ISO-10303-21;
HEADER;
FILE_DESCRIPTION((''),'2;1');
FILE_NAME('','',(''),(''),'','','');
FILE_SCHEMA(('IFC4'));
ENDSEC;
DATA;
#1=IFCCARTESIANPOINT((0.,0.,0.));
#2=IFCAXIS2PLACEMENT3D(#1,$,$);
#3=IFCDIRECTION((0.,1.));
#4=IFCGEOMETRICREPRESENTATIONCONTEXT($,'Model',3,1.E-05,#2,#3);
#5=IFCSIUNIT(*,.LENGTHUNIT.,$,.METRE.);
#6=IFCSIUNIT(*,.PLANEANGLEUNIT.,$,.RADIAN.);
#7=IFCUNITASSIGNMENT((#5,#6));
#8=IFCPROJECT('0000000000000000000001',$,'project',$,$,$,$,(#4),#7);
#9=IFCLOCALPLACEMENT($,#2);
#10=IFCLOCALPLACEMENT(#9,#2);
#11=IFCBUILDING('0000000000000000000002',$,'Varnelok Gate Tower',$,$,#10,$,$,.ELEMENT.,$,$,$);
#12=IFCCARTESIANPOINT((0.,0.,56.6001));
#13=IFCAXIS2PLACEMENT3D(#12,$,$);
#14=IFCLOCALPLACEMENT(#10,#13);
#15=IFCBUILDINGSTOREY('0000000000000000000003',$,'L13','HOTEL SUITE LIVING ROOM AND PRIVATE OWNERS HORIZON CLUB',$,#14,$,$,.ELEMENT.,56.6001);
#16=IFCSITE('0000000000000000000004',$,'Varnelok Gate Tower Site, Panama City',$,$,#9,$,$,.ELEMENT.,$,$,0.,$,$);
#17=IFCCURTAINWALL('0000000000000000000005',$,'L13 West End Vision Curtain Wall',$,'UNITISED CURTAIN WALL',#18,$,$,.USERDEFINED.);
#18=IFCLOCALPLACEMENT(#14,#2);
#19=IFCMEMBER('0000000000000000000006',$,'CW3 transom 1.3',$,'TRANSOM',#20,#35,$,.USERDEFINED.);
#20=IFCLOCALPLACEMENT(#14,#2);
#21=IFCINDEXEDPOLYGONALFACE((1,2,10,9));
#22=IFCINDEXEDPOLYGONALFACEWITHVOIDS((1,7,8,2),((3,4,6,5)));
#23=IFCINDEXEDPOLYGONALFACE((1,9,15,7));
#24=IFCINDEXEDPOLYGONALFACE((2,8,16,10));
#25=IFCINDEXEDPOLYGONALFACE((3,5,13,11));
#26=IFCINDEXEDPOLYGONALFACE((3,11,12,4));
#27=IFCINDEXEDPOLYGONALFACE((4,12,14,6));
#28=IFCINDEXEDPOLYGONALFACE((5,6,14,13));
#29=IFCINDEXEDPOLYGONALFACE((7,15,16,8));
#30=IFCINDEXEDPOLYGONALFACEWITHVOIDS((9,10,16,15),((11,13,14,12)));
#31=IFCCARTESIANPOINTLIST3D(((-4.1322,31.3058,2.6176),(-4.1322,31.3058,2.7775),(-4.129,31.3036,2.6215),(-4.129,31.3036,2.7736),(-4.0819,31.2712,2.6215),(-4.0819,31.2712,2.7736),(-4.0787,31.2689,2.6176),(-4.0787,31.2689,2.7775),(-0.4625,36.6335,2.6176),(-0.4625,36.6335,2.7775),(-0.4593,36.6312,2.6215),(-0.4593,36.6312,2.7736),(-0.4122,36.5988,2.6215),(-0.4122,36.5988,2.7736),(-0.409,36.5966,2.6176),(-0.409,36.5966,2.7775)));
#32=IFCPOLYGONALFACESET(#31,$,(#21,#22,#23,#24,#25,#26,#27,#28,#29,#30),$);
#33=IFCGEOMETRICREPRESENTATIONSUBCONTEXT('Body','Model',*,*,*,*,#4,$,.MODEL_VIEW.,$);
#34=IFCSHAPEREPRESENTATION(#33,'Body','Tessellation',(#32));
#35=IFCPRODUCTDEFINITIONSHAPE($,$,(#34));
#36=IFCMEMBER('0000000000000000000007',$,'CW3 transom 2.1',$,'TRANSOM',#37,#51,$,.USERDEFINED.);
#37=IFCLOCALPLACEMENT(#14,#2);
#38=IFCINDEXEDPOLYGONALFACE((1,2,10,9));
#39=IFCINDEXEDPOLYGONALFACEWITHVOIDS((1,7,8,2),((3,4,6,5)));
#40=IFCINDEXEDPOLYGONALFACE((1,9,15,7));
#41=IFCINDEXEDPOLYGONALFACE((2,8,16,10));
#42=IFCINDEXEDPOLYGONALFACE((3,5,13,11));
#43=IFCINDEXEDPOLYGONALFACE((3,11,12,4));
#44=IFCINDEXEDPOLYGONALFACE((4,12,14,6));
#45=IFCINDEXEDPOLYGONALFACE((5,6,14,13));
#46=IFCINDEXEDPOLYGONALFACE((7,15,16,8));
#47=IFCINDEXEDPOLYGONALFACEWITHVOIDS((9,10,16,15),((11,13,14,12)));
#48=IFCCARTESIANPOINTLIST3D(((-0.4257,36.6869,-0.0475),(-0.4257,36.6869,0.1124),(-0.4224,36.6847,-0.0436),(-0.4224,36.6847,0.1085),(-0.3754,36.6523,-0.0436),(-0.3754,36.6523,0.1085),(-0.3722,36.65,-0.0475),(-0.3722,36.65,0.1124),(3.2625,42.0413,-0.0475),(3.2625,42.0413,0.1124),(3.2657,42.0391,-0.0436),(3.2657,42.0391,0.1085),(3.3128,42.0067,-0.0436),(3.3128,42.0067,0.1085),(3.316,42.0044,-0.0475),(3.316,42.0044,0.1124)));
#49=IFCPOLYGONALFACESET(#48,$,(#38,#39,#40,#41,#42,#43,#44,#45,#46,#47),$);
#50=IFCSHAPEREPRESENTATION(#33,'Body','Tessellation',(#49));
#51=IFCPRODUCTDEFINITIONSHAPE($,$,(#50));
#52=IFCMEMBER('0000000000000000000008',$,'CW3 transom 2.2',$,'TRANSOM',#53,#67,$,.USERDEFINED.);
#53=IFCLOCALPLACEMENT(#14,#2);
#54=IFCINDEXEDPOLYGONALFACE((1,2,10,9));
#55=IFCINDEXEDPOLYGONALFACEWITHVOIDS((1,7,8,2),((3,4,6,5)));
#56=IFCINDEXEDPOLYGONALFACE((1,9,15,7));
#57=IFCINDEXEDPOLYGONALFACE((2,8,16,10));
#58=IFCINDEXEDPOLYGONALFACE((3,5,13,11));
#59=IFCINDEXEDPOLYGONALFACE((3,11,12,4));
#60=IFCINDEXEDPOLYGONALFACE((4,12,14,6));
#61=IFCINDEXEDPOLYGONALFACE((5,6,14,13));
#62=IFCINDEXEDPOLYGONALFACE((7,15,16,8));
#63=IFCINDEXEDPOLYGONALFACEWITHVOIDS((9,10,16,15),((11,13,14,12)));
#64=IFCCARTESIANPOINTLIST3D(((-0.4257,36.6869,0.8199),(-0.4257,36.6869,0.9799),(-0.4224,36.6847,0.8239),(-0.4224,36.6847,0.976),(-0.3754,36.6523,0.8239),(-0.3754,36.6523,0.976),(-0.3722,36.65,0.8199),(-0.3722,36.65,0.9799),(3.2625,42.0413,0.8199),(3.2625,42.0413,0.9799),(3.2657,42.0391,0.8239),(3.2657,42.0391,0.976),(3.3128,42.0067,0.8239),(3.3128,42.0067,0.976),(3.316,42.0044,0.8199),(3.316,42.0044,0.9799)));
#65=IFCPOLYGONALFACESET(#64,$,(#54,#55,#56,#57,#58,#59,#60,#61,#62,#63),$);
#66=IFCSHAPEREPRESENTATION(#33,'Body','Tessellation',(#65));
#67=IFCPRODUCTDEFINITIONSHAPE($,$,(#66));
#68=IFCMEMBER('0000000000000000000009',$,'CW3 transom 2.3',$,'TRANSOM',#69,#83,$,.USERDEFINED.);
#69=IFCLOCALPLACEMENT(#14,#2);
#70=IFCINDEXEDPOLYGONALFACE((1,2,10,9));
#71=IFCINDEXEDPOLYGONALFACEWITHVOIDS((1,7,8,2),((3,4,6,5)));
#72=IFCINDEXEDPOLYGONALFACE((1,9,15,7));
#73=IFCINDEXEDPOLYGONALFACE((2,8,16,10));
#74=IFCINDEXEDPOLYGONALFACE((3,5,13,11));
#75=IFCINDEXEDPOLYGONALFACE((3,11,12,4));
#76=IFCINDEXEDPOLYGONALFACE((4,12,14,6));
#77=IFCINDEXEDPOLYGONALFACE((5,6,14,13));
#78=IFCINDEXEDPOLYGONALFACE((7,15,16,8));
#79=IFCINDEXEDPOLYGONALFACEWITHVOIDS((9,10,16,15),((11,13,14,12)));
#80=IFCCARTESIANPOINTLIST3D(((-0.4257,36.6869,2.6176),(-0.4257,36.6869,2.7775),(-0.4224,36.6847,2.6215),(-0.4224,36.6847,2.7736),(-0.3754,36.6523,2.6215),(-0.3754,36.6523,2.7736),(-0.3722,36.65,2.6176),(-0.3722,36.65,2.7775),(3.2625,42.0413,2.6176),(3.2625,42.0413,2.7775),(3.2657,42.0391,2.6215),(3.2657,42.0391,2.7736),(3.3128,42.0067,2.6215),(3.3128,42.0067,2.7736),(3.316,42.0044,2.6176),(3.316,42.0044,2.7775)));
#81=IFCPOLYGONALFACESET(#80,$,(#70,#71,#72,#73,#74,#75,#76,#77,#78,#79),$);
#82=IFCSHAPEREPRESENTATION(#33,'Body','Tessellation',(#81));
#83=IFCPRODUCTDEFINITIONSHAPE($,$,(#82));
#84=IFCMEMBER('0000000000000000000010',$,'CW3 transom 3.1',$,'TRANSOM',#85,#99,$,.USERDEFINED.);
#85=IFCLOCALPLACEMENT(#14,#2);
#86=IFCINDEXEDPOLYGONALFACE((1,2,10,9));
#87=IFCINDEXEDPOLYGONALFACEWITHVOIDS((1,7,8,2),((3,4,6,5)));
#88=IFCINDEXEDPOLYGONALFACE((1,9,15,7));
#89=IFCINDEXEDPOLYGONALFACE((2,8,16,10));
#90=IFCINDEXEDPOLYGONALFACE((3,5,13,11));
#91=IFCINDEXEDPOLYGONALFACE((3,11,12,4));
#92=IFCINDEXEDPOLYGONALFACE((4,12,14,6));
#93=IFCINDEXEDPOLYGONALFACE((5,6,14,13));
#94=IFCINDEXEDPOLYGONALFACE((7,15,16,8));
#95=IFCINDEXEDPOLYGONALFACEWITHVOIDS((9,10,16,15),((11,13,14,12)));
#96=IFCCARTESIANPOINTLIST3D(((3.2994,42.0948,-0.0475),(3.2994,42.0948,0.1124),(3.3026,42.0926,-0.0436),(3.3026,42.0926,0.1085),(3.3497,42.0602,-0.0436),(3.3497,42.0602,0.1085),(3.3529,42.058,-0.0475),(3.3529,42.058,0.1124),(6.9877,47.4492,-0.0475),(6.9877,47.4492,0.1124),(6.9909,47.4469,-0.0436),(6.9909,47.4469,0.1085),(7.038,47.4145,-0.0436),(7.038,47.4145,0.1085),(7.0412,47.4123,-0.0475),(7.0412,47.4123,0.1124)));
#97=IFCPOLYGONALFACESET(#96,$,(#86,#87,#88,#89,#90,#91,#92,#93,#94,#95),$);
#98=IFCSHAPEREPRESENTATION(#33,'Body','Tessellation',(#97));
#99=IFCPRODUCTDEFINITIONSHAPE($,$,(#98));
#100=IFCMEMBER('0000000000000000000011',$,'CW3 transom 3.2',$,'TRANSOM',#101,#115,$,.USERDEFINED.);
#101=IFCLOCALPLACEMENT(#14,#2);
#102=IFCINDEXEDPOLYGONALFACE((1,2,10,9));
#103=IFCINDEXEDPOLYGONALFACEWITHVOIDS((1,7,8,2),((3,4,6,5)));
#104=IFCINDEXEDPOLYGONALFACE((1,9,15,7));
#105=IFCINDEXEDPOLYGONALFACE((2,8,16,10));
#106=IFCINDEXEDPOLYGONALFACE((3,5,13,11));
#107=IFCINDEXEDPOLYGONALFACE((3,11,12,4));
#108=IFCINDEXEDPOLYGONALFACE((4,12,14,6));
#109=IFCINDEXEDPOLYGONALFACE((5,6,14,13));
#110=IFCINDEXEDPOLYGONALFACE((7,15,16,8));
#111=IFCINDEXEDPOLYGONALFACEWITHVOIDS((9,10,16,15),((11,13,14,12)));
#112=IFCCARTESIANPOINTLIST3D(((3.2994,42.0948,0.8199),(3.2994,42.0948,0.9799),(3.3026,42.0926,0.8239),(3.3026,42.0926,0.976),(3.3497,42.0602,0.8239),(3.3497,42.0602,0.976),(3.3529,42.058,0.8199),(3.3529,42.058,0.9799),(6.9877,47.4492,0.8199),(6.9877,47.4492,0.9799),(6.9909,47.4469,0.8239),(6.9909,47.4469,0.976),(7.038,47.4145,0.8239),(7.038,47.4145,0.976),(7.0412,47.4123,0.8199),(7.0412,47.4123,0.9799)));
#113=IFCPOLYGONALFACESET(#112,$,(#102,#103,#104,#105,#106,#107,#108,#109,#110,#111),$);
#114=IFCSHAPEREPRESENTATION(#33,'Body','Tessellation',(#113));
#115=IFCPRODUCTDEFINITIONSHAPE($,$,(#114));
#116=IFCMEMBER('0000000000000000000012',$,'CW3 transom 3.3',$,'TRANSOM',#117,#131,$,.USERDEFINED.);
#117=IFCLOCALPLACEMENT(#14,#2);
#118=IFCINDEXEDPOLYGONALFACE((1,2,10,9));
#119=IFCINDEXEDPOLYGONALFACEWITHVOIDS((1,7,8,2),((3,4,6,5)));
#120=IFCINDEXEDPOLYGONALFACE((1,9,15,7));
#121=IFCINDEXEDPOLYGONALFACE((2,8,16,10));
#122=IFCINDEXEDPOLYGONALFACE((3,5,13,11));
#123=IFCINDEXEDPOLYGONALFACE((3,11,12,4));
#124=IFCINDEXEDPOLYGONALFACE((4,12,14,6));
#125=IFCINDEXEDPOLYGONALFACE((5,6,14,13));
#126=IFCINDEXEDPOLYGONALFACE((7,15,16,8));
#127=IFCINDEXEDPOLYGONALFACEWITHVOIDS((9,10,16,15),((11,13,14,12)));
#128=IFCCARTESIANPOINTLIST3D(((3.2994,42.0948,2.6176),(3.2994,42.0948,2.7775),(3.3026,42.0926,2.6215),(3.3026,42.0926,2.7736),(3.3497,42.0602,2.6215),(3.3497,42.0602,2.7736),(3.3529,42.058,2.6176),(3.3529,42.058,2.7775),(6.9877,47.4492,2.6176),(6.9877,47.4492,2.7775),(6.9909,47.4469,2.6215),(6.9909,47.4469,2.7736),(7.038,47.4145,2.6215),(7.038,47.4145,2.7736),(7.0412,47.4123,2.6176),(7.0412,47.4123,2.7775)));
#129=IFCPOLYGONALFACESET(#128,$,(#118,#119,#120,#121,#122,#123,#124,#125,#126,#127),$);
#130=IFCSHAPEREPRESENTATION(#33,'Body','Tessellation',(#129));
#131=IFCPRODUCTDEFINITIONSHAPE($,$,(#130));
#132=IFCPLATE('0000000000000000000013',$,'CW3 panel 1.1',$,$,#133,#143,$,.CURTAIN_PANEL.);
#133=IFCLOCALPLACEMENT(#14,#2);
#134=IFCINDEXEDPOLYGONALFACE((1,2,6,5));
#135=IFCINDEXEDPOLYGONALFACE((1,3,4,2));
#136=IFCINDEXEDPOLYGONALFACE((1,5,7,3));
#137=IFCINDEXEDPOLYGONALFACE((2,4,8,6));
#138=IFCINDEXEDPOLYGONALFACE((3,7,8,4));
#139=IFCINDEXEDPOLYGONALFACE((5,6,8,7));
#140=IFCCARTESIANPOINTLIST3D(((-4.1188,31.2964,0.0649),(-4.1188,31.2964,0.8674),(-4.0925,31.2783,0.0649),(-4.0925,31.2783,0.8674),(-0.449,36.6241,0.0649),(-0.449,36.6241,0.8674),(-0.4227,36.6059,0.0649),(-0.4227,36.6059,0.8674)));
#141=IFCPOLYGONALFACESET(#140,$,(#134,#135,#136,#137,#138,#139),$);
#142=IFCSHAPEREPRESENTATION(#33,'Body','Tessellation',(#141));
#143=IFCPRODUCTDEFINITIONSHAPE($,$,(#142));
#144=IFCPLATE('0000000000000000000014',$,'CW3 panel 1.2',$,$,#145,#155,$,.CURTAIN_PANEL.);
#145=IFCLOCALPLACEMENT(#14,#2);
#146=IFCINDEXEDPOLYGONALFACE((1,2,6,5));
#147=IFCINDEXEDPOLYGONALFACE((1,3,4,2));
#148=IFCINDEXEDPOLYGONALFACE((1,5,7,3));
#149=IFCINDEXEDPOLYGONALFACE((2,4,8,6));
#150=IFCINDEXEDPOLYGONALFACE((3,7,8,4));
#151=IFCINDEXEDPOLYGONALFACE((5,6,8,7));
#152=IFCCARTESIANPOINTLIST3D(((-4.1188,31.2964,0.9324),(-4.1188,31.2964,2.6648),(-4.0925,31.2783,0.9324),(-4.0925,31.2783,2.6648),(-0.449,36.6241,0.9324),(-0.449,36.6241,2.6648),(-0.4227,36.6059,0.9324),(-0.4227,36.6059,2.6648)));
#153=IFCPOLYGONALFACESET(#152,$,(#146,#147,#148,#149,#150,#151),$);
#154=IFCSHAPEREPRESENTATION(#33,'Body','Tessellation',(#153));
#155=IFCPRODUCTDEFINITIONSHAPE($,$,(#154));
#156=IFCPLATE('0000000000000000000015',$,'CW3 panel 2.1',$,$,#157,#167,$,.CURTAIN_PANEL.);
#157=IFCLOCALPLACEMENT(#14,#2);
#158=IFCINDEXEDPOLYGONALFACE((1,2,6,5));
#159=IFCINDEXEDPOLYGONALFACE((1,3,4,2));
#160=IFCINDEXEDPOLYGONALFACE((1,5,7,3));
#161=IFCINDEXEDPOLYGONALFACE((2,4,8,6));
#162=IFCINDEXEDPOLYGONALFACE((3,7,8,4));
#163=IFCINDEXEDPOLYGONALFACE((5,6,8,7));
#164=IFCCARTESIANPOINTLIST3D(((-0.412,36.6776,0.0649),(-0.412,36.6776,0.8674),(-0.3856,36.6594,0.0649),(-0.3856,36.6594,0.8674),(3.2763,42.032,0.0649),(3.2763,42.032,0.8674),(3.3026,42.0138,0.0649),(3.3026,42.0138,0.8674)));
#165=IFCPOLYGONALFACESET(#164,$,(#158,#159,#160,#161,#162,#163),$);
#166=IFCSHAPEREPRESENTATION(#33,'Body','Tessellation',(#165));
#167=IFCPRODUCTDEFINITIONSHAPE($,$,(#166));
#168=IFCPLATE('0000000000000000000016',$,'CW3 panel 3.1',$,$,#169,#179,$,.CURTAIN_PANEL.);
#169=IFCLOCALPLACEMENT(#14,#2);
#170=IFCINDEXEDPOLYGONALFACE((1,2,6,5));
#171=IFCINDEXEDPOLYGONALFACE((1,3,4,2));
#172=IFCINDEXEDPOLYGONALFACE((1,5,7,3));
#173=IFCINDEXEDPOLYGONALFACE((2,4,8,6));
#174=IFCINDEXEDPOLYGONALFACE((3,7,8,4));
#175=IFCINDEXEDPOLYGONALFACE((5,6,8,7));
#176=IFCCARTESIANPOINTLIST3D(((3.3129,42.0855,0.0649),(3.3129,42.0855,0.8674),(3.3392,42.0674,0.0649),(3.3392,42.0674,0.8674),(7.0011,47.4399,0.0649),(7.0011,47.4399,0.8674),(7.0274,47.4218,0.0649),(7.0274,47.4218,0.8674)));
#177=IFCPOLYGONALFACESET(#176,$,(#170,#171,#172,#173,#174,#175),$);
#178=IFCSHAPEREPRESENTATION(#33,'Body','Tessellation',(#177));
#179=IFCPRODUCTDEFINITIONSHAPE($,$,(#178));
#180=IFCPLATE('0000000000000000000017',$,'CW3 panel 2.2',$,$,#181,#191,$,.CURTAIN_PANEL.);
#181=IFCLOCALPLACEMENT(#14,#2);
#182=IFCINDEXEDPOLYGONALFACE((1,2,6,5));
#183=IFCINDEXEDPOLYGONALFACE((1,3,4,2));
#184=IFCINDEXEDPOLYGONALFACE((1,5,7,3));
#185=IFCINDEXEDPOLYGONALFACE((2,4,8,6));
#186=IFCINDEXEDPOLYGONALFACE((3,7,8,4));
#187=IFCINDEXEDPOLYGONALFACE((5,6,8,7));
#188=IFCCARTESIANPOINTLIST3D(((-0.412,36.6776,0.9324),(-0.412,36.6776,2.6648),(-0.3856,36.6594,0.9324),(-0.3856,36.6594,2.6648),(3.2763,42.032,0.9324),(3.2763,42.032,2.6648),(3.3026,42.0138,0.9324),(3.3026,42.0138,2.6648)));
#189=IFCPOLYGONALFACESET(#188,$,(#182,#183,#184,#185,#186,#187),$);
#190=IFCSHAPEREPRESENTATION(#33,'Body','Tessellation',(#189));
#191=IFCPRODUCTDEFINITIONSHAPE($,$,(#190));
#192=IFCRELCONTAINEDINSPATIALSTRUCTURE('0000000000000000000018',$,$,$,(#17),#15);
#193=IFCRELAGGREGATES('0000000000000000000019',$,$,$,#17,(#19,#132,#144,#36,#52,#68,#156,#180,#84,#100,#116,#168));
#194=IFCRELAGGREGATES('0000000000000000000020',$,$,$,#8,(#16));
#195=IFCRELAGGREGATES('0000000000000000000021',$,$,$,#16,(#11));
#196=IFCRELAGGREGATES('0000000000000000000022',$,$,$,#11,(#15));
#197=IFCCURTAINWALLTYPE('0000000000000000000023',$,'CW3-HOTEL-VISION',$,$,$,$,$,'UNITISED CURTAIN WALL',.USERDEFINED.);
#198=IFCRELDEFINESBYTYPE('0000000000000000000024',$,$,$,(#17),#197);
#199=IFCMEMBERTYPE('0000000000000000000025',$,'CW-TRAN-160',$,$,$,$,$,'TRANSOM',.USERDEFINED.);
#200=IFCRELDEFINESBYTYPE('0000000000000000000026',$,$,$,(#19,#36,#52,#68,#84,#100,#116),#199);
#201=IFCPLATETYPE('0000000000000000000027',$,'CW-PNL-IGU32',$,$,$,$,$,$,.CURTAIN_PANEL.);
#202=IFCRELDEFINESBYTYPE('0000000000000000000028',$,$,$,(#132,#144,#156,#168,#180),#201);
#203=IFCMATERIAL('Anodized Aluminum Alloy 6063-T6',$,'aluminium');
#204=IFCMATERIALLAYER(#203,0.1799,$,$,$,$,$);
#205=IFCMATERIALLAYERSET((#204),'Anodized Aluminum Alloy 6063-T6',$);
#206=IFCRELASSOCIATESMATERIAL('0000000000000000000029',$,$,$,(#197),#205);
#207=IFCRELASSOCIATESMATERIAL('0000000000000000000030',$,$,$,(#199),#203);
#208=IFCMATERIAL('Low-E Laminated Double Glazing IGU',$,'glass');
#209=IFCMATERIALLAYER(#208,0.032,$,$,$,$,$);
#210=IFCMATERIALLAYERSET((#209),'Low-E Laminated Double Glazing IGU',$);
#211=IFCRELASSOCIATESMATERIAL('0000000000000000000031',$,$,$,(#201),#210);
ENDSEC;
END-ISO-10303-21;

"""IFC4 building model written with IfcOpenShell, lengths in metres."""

from ifc_helpers import new_model, si_unit, direction, frame, origin, origin_2d, place, context, subcontext, project, spatial, rectangle, hollow_rectangle, extrude, source, transform, mapped, material, layer, layer_set, material_profile, profile_set, type_object, element, aggregate, save


model = new_model("IFC4")

# Units and contexts
model_context = context("Model", 3, precision=1e-05, world=origin(), true_north=direction((0.0, 1.0)))
body_context = subcontext(model_context, "Body", "Model", "MODEL_VIEW")
ifc_project = project(units=[si_unit("LENGTHUNIT", "METRE"), si_unit("PLANEANGLEUNIT", "RADIAN")], contexts=[model_context])

# Site, building, storey
site_placement = place(None, origin())
site = spatial("IfcSite", under=ifc_project, at=site_placement, Name="Varnelok Gate Tower Site, Panama City", CompositionType="ELEMENT", RefElevation=0.0)
building_placement = place(site_placement, origin())
building = spatial("IfcBuilding", under=site, at=building_placement, Name="Varnelok Gate Tower", CompositionType="ELEMENT")
storey_placement = place(building_placement, frame((0.0, 0.0, 56.6001)))
storey = spatial("IfcBuildingStorey", under=building, at=storey_placement, Name="L13", Description="HOTEL SUITE LIVING ROOM AND PRIVATE OWNERS HORIZON CLUB", CompositionType="ELEMENT", Elevation=56.6001)

# Curtain wall, members, plates
ifc_material_1 = material(Name="Anodized Aluminum Alloy 6063-T6", Category="aluminium")
ifc_layer_1 = layer(ifc_material_1, 0.1799)
ifc_layer_set_1 = layer_set([ifc_layer_1], Name="Anodized Aluminum Alloy 6063-T6")
curtain_wall_type = type_object("IfcCurtainWallType", Name="CW3-HOTEL-VISION", ElementType="UNITISED CURTAIN WALL", PredefinedType="USERDEFINED", material=ifc_layer_set_1)
curtain_wall_placement = place(storey_placement, origin())
curtain_wall = element("IfcCurtainWall", 1, at=curtain_wall_placement, inside=storey, type_object=curtain_wall_type, Name="L13 West End Vision Curtain Wall", ObjectType="UNITISED CURTAIN WALL", PredefinedType="USERDEFINED")
ifc_material_profile_1 = material_profile(ifc_material_1, hollow_rectangle(XDim=0.0649, YDim=0.1599, WallThickness=0.0039, at=origin_2d()), Name="ALU160X65X4")
ifc_profile_set_1 = profile_set([ifc_material_profile_1], Name="Anodized Aluminum Alloy 6063-T6")
member_type_1 = type_object("IfcMemberType", Name="CW-TRAN-160", ElementType="TRANSOM", PredefinedType="USERDEFINED", material=ifc_profile_set_1)
member_1_placement = place(storey_placement, frame((-4.1055, 31.2874, 2.6975), z_axis=(0.567256, 0.823542, 0.0), x_axis=(-0.823542, 0.567256, 0.0)))
member_1 = element("IfcMember", 2, at=member_1_placement, type_object=member_type_1, Name="CW3 transom 1.3", ObjectType="TRANSOM", PredefinedType="USERDEFINED", context=body_context, shape_type="SweptSolid", body=[
    extrude(hollow_rectangle(XDim=0.0649, YDim=0.1599, WallThickness=0.0039, at=origin_2d()), origin(), (0.0, 0.0, 1.0), 6.4692),
])
member_2_placement = place(storey_placement, frame((-0.3989, 36.6685, 0.0325), z_axis=(0.567262, 0.823538, 0.0), x_axis=(-0.823538, 0.567262, 0.0)))
member_2 = element("IfcMember", 3, at=member_2_placement, type_object=member_type_1, Name="CW3 transom 2.1", ObjectType="TRANSOM", PredefinedType="USERDEFINED", context=body_context, shape_type="SweptSolid", body=[
    extrude(hollow_rectangle(XDim=0.0649, YDim=0.1599, WallThickness=0.0039, at=origin_2d()), origin(), (0.0, 0.0, 1.0), 6.5017),
])
member_3_placement = place(storey_placement, frame((-0.3989, 36.6685, 0.8999), z_axis=(0.567262, 0.823538, 0.0), x_axis=(-0.823538, 0.567262, 0.0)))
member_3 = element("IfcMember", 4, at=member_3_placement, type_object=member_type_1, Name="CW3 transom 2.2", ObjectType="TRANSOM", PredefinedType="USERDEFINED", context=body_context, shape_type="SweptSolid", body=[
    extrude(hollow_rectangle(XDim=0.0649, YDim=0.1599, WallThickness=0.0039, at=origin_2d()), origin(), (0.0, 0.0, 1.0), 6.5017),
])
member_4_placement = place(storey_placement, frame((-0.3989, 36.6685, 2.6975), z_axis=(0.567262, 0.823538, 0.0), x_axis=(-0.823538, 0.567262, 0.0)))
member_4 = element("IfcMember", 5, at=member_4_placement, type_object=member_type_1, Name="CW3 transom 2.3", ObjectType="TRANSOM", PredefinedType="USERDEFINED", context=body_context, shape_type="SweptSolid", body=[
    extrude(hollow_rectangle(XDim=0.0649, YDim=0.1599, WallThickness=0.0039, at=origin_2d()), origin(), (0.0, 0.0, 1.0), 6.5017),
])
member_5_placement = place(storey_placement, frame((3.3262, 42.0764, 0.0325), z_axis=(0.567279, 0.823526, 0.0), x_axis=(-0.823526, 0.567279, 0.0)))
member_5 = element("IfcMember", 6, at=member_5_placement, type_object=member_type_1, Name="CW3 transom 3.1", ObjectType="TRANSOM", PredefinedType="USERDEFINED", context=body_context, shape_type="SweptSolid", body=[
    extrude(hollow_rectangle(XDim=0.0649, YDim=0.1599, WallThickness=0.0039, at=origin_2d()), origin(), (0.0, 0.0, 1.0), 6.5017),
])
member_6_placement = place(storey_placement, frame((3.3262, 42.0764, 0.8999), z_axis=(0.567279, 0.823526, 0.0), x_axis=(-0.823526, 0.567279, 0.0)))
member_6 = element("IfcMember", 7, at=member_6_placement, type_object=member_type_1, Name="CW3 transom 3.2", ObjectType="TRANSOM", PredefinedType="USERDEFINED", context=body_context, shape_type="SweptSolid", body=[
    extrude(hollow_rectangle(XDim=0.0649, YDim=0.1599, WallThickness=0.0039, at=origin_2d()), origin(), (0.0, 0.0, 1.0), 6.5017),
])
member_7_placement = place(storey_placement, frame((3.3262, 42.0764, 2.6975), z_axis=(0.567279, 0.823526, 0.0), x_axis=(-0.823526, 0.567279, 0.0)))
member_7 = element("IfcMember", 8, at=member_7_placement, type_object=member_type_1, Name="CW3 transom 3.3", ObjectType="TRANSOM", PredefinedType="USERDEFINED", context=body_context, shape_type="SweptSolid", body=[
    extrude(hollow_rectangle(XDim=0.0649, YDim=0.1599, WallThickness=0.0039, at=origin_2d()), origin(), (0.0, 0.0, 1.0), 6.5017),
])
ifc_material_2 = material(Name="Low-E Laminated Double Glazing IGU", Category="glass")
ifc_layer_2 = layer(ifc_material_2, 0.032)
ifc_layer_set_2 = layer_set([ifc_layer_2], Name="Low-E Laminated Double Glazing IGU")
plate_type = type_object("IfcPlateType", Name="CW-PNL-IGU32", PredefinedType="CURTAIN_PANEL", material=ifc_layer_set_2)
shared_shape_1 = source(origin(), body_context, "Body", "SweptSolid", [
    extrude(rectangle(XDim=6.4692, YDim=0.032, at=origin_2d()), origin(), (0.0, 0.0, 1.0), 0.8025),
])
plate_1_placement = place(storey_placement, frame((-2.2708, 33.9512, 0.0649), z_axis=(0.0, 0.0, 1.0), x_axis=(0.567269, 0.823533, 0.0)))
plate_1 = element("IfcPlate", 9, at=plate_1_placement, type_object=plate_type, Name="CW3 panel 1.1", PredefinedType="CURTAIN_PANEL", context=body_context, shape_type="MappedRepresentation", body=[
    mapped(shared_shape_1, transform((0.0, 0.0, 0.0), scale=1.0)),
])
shared_shape_2 = source(origin(), body_context, "Body", "SweptSolid", [
    extrude(rectangle(XDim=6.4692, YDim=0.032, at=origin_2d()), origin(), (0.0, 0.0, 1.0), 1.7324),
])
plate_2_placement = place(storey_placement, frame((-2.2708, 33.9512, 0.9324), z_axis=(0.0, 0.0, 1.0), x_axis=(0.567269, 0.823533, 0.0)))
plate_2 = element("IfcPlate", 10, at=plate_2_placement, type_object=plate_type, Name="CW3 panel 1.2", PredefinedType="CURTAIN_PANEL", context=body_context, shape_type="MappedRepresentation", body=[
    mapped(shared_shape_2, transform((0.0, 0.0, 0.0), scale=1.0)),
])
shared_shape_3 = source(origin(), body_context, "Body", "SweptSolid", [
    extrude(rectangle(XDim=6.5017, YDim=0.032, at=origin_2d()), origin(), (0.0, 0.0, 1.0), 0.8025),
])
plate_3_placement = place(storey_placement, frame((1.4453, 39.3457, 0.0649), z_axis=(0.0, 0.0, 1.0), x_axis=(0.567269, 0.823533, 0.0)))
plate_3 = element("IfcPlate", 11, at=plate_3_placement, type_object=plate_type, Name="CW3 panel 2.1", PredefinedType="CURTAIN_PANEL", context=body_context, shape_type="MappedRepresentation", body=[
    mapped(shared_shape_3, transform((0.0, 0.0, 0.0), scale=1.0)),
])
plate_4_placement = place(storey_placement, frame((5.1702, 44.7537, 0.0649), z_axis=(0.0, 0.0, 1.0), x_axis=(0.567269, 0.823533, 0.0)))
plate_4 = element("IfcPlate", 12, at=plate_4_placement, type_object=plate_type, Name="CW3 panel 3.1", PredefinedType="CURTAIN_PANEL", context=body_context, shape_type="MappedRepresentation", body=[
    mapped(shared_shape_3, transform((0.0, 0.0, 0.0), scale=1.0)),
])
shared_shape_4 = source(origin(), body_context, "Body", "SweptSolid", [
    extrude(rectangle(XDim=6.5017, YDim=0.032, at=origin_2d()), origin(), (0.0, 0.0, 1.0), 1.7324),
])
plate_5_placement = place(storey_placement, frame((1.4453, 39.3457, 0.9324), z_axis=(0.0, 0.0, 1.0), x_axis=(0.567269, 0.823533, 0.0)))
plate_5 = element("IfcPlate", 13, at=plate_5_placement, type_object=plate_type, Name="CW3 panel 2.2", PredefinedType="CURTAIN_PANEL", context=body_context, shape_type="MappedRepresentation", body=[
    mapped(shared_shape_4, transform((0.0, 0.0, 0.0), scale=1.0)),
])
aggregate(curtain_wall, [member_1, plate_1, plate_2, member_2, member_3, member_4, plate_3, plate_5, member_5, member_6, member_7, plate_4])

save(model, "model.ifc")
